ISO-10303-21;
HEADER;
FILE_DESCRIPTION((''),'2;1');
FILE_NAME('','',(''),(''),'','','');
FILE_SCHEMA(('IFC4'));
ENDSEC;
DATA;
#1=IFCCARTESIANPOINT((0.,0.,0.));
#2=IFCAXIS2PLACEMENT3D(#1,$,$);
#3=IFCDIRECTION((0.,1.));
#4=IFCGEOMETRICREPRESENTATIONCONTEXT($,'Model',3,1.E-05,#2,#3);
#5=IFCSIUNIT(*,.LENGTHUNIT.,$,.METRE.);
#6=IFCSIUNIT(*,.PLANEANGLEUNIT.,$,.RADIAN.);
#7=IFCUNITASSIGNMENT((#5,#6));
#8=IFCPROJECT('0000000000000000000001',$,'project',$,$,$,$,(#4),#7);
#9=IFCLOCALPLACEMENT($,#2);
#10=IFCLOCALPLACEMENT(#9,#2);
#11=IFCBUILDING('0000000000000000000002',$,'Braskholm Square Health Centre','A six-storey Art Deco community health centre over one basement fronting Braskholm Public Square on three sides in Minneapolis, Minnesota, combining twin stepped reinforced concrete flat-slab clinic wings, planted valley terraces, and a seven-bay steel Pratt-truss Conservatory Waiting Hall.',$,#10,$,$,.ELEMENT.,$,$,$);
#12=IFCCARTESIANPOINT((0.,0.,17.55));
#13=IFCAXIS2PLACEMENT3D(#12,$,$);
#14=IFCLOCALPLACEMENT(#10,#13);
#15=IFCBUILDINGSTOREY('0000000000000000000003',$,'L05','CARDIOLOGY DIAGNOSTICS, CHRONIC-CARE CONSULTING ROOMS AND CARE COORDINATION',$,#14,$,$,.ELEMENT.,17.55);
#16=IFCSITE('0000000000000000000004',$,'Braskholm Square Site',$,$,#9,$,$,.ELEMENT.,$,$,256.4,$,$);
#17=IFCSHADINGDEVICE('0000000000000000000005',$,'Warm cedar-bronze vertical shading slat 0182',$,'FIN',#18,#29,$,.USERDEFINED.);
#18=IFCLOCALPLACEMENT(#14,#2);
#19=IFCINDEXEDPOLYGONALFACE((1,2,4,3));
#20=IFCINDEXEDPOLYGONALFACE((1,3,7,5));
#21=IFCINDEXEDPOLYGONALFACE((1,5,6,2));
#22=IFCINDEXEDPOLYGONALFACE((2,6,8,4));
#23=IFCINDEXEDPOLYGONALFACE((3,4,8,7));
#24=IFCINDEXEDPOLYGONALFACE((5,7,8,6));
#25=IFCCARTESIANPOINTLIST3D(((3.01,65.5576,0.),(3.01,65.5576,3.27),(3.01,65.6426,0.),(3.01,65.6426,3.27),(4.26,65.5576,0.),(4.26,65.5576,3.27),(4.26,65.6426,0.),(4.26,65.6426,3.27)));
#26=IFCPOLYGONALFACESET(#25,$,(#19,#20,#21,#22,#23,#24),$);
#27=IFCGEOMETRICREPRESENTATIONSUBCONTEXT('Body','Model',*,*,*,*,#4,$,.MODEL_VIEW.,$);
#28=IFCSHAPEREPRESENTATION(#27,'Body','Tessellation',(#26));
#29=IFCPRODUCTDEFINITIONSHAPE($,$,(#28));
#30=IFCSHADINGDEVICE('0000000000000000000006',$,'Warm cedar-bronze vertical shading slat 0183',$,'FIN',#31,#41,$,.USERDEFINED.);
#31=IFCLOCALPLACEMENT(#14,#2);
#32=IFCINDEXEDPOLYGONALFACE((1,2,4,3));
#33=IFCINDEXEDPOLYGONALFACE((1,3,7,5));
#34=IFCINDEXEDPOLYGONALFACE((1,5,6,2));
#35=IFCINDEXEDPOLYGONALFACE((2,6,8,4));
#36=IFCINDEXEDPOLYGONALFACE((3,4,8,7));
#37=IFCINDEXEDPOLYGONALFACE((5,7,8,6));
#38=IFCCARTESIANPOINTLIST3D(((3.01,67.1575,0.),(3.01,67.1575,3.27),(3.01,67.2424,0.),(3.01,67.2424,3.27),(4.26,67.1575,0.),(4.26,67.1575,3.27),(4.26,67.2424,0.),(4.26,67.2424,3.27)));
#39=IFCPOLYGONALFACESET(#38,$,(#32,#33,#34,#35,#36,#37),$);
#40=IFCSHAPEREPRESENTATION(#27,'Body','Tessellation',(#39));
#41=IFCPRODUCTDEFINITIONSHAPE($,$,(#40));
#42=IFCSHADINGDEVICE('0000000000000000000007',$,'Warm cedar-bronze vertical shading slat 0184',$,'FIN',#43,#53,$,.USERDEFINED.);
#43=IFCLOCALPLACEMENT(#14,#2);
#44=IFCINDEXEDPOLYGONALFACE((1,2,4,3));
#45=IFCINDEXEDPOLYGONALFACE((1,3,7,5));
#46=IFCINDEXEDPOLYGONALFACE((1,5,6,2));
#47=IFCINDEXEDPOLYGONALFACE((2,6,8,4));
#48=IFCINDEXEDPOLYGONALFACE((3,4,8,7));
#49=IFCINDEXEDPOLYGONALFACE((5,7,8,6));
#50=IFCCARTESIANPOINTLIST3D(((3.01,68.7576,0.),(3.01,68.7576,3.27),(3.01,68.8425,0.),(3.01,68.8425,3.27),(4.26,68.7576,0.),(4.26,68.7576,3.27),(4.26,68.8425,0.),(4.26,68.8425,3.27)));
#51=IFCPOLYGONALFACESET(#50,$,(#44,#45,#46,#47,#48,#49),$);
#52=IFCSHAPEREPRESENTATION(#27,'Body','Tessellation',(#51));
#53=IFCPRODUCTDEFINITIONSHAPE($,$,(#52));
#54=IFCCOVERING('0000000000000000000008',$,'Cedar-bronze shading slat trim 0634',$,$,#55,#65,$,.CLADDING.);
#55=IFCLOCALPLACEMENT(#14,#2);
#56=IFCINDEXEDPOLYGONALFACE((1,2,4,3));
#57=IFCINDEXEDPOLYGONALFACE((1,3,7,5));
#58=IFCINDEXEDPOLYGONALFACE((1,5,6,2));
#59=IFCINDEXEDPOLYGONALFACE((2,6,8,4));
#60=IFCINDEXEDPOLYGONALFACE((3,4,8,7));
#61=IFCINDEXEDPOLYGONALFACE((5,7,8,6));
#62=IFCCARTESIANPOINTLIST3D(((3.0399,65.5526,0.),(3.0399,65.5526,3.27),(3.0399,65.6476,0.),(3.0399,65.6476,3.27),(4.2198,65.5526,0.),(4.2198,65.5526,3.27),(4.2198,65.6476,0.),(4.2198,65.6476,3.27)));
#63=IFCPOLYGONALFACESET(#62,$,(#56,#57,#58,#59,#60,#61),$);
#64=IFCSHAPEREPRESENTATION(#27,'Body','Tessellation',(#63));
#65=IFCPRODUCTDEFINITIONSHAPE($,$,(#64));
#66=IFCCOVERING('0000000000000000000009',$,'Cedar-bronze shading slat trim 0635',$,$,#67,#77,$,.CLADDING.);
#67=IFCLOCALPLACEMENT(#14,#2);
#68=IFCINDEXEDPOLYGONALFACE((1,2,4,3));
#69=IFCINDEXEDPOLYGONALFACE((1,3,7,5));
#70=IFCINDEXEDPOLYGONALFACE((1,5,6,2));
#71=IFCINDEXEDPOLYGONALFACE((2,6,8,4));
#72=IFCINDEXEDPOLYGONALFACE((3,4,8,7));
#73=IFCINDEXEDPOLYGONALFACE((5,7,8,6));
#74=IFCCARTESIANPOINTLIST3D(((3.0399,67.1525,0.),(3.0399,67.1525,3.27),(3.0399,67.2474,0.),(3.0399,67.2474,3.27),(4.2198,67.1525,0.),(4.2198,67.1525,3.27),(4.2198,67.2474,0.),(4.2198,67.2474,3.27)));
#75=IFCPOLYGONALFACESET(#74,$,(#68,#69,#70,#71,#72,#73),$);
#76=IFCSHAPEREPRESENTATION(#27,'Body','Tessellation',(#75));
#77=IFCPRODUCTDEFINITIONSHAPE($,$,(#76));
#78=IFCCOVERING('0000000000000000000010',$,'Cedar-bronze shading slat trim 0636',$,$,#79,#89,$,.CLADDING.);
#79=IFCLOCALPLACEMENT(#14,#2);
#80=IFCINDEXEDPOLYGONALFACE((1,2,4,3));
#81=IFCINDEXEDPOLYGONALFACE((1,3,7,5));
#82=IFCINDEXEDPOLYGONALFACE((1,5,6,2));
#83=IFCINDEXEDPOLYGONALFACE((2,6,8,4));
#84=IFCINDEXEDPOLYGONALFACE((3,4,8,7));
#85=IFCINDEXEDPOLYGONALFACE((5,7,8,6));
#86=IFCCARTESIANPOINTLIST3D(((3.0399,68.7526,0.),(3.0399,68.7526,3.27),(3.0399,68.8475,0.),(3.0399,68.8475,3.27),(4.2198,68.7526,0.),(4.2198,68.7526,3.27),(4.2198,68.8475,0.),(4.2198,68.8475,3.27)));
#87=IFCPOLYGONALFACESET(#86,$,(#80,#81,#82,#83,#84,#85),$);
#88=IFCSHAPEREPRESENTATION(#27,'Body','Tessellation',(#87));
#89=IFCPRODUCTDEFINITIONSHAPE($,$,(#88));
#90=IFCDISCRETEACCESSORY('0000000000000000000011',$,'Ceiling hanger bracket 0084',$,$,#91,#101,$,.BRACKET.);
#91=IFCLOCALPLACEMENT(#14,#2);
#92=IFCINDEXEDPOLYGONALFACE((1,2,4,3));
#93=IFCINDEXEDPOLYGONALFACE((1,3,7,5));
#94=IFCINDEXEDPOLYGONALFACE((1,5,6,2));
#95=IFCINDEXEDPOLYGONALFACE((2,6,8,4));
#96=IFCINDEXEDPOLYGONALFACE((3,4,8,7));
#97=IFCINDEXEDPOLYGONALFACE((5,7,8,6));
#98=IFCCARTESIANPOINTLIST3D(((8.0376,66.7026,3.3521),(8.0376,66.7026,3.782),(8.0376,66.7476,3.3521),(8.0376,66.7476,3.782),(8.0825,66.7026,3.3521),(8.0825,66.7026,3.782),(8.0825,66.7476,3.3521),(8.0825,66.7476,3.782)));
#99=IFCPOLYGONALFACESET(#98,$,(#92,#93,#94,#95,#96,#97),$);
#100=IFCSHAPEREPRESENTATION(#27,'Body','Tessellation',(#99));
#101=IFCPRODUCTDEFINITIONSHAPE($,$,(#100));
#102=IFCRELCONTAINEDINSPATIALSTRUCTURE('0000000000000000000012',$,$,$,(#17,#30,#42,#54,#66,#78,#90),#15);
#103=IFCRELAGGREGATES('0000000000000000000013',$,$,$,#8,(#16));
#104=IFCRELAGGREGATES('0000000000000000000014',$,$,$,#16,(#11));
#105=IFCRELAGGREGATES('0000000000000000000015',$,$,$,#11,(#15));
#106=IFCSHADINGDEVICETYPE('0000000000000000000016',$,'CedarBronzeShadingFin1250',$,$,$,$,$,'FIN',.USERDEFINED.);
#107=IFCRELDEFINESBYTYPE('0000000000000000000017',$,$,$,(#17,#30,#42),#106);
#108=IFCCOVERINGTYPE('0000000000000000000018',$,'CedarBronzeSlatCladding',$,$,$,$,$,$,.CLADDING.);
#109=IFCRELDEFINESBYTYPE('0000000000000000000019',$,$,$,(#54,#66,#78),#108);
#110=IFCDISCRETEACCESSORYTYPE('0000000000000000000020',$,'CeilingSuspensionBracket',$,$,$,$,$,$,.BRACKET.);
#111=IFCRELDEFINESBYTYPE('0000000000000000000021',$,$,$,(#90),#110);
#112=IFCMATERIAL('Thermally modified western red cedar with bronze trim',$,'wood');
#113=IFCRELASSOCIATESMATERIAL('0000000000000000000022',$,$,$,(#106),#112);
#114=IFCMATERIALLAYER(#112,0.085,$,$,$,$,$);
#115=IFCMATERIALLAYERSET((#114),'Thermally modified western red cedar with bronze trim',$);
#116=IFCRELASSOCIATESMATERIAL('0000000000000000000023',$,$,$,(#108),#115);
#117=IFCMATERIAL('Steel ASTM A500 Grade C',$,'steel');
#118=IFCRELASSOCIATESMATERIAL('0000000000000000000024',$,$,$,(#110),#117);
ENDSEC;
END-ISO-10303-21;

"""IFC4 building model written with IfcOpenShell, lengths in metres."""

from ifc_helpers import new_model, si_unit, direction, frame, origin, origin_2d, place, context, subcontext, project, spatial, rectangle, extrude, material, layer, layer_set, type_object, element, save


model = new_model("IFC4")

# Units and contexts
model_context = context("Model", 3, precision=1e-05, world=origin(), true_north=direction((0.0, 1.0)))
body_context = subcontext(model_context, "Body", "Model", "MODEL_VIEW")
ifc_project = project(units=[si_unit("LENGTHUNIT", "METRE"), si_unit("PLANEANGLEUNIT", "RADIAN")], contexts=[model_context])

# Site, building, storey
site_placement = place(None, origin())
site = spatial("IfcSite", under=ifc_project, at=site_placement, Name="Braskholm Square Site", CompositionType="ELEMENT", RefElevation=256.4)
building_placement = place(site_placement, origin())
building = spatial("IfcBuilding", under=site, at=building_placement, Name="Braskholm Square Health Centre", Description="A six-storey Art Deco community health centre over one basement fronting Braskholm Public Square on three sides in Minneapolis, Minnesota, combining twin stepped reinforced concrete flat-slab clinic wings, planted valley terraces, and a seven-bay steel Pratt-truss Conservatory Waiting Hall.", CompositionType="ELEMENT")
storey_placement = place(building_placement, frame((0.0, 0.0, 17.55)))
storey = spatial("IfcBuildingStorey", under=building, at=storey_placement, Name="L05", Description="CARDIOLOGY DIAGNOSTICS, CHRONIC-CARE CONSULTING ROOMS AND CARE COORDINATION", CompositionType="ELEMENT", Elevation=17.55)

# Shading devices
ifc_material_1 = material(Name="Thermally modified western red cedar with bronze trim", Category="wood")
shading_device_type = type_object("IfcShadingDeviceType", Name="CedarBronzeShadingFin1250", ElementType="FIN", PredefinedType="USERDEFINED", material=ifc_material_1)
for number, where, z_axis, x_axis, name in (
    (1, (3.635, 65.6001, 0.0), (0.0, 0.0, 1.0), (1.0, 0.0, 0.0), "Warm cedar-bronze vertical shading slat 0182"),
    (2, (3.635, 67.2, 0.0), (0.0, 0.0, 1.0), (1.0, 0.0, 0.0), "Warm cedar-bronze vertical shading slat 0183"),
    (3, (3.635, 68.8, 0.0), (0.0, 0.0, 1.0), (1.0, 0.0, 0.0), "Warm cedar-bronze vertical shading slat 0184"),
):
    element("IfcShadingDevice", number, at=place(storey_placement, frame(where, z_axis=z_axis, x_axis=x_axis)), inside=storey, type_object=shading_device_type, Name=name, ObjectType="FIN", PredefinedType="USERDEFINED", context=body_context, shape_type="SweptSolid", body=[
        extrude(rectangle(XDim=1.25, YDim=0.085, at=origin_2d()), origin(), (0.0, 0.0, 1.0), 3.27),
    ])

# Coverings
ifc_layer = layer(ifc_material_1, 0.085)
ifc_layer_set = layer_set([ifc_layer], Name="Thermally modified western red cedar with bronze trim")
covering_type = type_object("IfcCoveringType", Name="CedarBronzeSlatCladding", PredefinedType="CLADDING", material=ifc_layer_set)
for number, where, z_axis, x_axis, name in (
    (4, (3.6299, 65.6001, 0.0), (0.0, 0.0, 1.0), (1.0, 0.0, 0.0), "Cedar-bronze shading slat trim 0634"),
    (5, (3.6299, 67.2, 0.0), (0.0, 0.0, 1.0), (1.0, 0.0, 0.0), "Cedar-bronze shading slat trim 0635"),
    (6, (3.6299, 68.8, 0.0), (0.0, 0.0, 1.0), (1.0, 0.0, 0.0), "Cedar-bronze shading slat trim 0636"),
):
    element("IfcCovering", number, at=place(storey_placement, frame(where, z_axis=z_axis, x_axis=x_axis)), inside=storey, type_object=covering_type, Name=name, PredefinedType="CLADDING", context=body_context, shape_type="SweptSolid", body=[
        extrude(rectangle(XDim=1.1799, YDim=0.095, at=origin_2d()), origin(), (0.0, 0.0, 1.0), 3.27),
    ])

# Discrete accessory
ifc_material_2 = material(Name="Steel ASTM A500 Grade C", Category="steel")
discrete_accessory_type = type_object("IfcDiscreteAccessoryType", Name="CeilingSuspensionBracket", PredefinedType="BRACKET", material=ifc_material_2)
discrete_accessory_placement = place(storey_placement, frame((8.0601, 66.7251, 3.3521), z_axis=(0.0, 0.0, 1.0), x_axis=(1.0, 0.0, 0.0)))
element("IfcDiscreteAccessory", 7, at=discrete_accessory_placement, inside=storey, type_object=discrete_accessory_type, Name="Ceiling hanger bracket 0084", PredefinedType="BRACKET", context=body_context, shape_type="SweptSolid", body=[
    extrude(rectangle(XDim=0.0449, YDim=0.0449, at=origin_2d()), origin(), (0.0, 0.0, 1.0), 0.4299),
])

save(model, "model.ifc")
